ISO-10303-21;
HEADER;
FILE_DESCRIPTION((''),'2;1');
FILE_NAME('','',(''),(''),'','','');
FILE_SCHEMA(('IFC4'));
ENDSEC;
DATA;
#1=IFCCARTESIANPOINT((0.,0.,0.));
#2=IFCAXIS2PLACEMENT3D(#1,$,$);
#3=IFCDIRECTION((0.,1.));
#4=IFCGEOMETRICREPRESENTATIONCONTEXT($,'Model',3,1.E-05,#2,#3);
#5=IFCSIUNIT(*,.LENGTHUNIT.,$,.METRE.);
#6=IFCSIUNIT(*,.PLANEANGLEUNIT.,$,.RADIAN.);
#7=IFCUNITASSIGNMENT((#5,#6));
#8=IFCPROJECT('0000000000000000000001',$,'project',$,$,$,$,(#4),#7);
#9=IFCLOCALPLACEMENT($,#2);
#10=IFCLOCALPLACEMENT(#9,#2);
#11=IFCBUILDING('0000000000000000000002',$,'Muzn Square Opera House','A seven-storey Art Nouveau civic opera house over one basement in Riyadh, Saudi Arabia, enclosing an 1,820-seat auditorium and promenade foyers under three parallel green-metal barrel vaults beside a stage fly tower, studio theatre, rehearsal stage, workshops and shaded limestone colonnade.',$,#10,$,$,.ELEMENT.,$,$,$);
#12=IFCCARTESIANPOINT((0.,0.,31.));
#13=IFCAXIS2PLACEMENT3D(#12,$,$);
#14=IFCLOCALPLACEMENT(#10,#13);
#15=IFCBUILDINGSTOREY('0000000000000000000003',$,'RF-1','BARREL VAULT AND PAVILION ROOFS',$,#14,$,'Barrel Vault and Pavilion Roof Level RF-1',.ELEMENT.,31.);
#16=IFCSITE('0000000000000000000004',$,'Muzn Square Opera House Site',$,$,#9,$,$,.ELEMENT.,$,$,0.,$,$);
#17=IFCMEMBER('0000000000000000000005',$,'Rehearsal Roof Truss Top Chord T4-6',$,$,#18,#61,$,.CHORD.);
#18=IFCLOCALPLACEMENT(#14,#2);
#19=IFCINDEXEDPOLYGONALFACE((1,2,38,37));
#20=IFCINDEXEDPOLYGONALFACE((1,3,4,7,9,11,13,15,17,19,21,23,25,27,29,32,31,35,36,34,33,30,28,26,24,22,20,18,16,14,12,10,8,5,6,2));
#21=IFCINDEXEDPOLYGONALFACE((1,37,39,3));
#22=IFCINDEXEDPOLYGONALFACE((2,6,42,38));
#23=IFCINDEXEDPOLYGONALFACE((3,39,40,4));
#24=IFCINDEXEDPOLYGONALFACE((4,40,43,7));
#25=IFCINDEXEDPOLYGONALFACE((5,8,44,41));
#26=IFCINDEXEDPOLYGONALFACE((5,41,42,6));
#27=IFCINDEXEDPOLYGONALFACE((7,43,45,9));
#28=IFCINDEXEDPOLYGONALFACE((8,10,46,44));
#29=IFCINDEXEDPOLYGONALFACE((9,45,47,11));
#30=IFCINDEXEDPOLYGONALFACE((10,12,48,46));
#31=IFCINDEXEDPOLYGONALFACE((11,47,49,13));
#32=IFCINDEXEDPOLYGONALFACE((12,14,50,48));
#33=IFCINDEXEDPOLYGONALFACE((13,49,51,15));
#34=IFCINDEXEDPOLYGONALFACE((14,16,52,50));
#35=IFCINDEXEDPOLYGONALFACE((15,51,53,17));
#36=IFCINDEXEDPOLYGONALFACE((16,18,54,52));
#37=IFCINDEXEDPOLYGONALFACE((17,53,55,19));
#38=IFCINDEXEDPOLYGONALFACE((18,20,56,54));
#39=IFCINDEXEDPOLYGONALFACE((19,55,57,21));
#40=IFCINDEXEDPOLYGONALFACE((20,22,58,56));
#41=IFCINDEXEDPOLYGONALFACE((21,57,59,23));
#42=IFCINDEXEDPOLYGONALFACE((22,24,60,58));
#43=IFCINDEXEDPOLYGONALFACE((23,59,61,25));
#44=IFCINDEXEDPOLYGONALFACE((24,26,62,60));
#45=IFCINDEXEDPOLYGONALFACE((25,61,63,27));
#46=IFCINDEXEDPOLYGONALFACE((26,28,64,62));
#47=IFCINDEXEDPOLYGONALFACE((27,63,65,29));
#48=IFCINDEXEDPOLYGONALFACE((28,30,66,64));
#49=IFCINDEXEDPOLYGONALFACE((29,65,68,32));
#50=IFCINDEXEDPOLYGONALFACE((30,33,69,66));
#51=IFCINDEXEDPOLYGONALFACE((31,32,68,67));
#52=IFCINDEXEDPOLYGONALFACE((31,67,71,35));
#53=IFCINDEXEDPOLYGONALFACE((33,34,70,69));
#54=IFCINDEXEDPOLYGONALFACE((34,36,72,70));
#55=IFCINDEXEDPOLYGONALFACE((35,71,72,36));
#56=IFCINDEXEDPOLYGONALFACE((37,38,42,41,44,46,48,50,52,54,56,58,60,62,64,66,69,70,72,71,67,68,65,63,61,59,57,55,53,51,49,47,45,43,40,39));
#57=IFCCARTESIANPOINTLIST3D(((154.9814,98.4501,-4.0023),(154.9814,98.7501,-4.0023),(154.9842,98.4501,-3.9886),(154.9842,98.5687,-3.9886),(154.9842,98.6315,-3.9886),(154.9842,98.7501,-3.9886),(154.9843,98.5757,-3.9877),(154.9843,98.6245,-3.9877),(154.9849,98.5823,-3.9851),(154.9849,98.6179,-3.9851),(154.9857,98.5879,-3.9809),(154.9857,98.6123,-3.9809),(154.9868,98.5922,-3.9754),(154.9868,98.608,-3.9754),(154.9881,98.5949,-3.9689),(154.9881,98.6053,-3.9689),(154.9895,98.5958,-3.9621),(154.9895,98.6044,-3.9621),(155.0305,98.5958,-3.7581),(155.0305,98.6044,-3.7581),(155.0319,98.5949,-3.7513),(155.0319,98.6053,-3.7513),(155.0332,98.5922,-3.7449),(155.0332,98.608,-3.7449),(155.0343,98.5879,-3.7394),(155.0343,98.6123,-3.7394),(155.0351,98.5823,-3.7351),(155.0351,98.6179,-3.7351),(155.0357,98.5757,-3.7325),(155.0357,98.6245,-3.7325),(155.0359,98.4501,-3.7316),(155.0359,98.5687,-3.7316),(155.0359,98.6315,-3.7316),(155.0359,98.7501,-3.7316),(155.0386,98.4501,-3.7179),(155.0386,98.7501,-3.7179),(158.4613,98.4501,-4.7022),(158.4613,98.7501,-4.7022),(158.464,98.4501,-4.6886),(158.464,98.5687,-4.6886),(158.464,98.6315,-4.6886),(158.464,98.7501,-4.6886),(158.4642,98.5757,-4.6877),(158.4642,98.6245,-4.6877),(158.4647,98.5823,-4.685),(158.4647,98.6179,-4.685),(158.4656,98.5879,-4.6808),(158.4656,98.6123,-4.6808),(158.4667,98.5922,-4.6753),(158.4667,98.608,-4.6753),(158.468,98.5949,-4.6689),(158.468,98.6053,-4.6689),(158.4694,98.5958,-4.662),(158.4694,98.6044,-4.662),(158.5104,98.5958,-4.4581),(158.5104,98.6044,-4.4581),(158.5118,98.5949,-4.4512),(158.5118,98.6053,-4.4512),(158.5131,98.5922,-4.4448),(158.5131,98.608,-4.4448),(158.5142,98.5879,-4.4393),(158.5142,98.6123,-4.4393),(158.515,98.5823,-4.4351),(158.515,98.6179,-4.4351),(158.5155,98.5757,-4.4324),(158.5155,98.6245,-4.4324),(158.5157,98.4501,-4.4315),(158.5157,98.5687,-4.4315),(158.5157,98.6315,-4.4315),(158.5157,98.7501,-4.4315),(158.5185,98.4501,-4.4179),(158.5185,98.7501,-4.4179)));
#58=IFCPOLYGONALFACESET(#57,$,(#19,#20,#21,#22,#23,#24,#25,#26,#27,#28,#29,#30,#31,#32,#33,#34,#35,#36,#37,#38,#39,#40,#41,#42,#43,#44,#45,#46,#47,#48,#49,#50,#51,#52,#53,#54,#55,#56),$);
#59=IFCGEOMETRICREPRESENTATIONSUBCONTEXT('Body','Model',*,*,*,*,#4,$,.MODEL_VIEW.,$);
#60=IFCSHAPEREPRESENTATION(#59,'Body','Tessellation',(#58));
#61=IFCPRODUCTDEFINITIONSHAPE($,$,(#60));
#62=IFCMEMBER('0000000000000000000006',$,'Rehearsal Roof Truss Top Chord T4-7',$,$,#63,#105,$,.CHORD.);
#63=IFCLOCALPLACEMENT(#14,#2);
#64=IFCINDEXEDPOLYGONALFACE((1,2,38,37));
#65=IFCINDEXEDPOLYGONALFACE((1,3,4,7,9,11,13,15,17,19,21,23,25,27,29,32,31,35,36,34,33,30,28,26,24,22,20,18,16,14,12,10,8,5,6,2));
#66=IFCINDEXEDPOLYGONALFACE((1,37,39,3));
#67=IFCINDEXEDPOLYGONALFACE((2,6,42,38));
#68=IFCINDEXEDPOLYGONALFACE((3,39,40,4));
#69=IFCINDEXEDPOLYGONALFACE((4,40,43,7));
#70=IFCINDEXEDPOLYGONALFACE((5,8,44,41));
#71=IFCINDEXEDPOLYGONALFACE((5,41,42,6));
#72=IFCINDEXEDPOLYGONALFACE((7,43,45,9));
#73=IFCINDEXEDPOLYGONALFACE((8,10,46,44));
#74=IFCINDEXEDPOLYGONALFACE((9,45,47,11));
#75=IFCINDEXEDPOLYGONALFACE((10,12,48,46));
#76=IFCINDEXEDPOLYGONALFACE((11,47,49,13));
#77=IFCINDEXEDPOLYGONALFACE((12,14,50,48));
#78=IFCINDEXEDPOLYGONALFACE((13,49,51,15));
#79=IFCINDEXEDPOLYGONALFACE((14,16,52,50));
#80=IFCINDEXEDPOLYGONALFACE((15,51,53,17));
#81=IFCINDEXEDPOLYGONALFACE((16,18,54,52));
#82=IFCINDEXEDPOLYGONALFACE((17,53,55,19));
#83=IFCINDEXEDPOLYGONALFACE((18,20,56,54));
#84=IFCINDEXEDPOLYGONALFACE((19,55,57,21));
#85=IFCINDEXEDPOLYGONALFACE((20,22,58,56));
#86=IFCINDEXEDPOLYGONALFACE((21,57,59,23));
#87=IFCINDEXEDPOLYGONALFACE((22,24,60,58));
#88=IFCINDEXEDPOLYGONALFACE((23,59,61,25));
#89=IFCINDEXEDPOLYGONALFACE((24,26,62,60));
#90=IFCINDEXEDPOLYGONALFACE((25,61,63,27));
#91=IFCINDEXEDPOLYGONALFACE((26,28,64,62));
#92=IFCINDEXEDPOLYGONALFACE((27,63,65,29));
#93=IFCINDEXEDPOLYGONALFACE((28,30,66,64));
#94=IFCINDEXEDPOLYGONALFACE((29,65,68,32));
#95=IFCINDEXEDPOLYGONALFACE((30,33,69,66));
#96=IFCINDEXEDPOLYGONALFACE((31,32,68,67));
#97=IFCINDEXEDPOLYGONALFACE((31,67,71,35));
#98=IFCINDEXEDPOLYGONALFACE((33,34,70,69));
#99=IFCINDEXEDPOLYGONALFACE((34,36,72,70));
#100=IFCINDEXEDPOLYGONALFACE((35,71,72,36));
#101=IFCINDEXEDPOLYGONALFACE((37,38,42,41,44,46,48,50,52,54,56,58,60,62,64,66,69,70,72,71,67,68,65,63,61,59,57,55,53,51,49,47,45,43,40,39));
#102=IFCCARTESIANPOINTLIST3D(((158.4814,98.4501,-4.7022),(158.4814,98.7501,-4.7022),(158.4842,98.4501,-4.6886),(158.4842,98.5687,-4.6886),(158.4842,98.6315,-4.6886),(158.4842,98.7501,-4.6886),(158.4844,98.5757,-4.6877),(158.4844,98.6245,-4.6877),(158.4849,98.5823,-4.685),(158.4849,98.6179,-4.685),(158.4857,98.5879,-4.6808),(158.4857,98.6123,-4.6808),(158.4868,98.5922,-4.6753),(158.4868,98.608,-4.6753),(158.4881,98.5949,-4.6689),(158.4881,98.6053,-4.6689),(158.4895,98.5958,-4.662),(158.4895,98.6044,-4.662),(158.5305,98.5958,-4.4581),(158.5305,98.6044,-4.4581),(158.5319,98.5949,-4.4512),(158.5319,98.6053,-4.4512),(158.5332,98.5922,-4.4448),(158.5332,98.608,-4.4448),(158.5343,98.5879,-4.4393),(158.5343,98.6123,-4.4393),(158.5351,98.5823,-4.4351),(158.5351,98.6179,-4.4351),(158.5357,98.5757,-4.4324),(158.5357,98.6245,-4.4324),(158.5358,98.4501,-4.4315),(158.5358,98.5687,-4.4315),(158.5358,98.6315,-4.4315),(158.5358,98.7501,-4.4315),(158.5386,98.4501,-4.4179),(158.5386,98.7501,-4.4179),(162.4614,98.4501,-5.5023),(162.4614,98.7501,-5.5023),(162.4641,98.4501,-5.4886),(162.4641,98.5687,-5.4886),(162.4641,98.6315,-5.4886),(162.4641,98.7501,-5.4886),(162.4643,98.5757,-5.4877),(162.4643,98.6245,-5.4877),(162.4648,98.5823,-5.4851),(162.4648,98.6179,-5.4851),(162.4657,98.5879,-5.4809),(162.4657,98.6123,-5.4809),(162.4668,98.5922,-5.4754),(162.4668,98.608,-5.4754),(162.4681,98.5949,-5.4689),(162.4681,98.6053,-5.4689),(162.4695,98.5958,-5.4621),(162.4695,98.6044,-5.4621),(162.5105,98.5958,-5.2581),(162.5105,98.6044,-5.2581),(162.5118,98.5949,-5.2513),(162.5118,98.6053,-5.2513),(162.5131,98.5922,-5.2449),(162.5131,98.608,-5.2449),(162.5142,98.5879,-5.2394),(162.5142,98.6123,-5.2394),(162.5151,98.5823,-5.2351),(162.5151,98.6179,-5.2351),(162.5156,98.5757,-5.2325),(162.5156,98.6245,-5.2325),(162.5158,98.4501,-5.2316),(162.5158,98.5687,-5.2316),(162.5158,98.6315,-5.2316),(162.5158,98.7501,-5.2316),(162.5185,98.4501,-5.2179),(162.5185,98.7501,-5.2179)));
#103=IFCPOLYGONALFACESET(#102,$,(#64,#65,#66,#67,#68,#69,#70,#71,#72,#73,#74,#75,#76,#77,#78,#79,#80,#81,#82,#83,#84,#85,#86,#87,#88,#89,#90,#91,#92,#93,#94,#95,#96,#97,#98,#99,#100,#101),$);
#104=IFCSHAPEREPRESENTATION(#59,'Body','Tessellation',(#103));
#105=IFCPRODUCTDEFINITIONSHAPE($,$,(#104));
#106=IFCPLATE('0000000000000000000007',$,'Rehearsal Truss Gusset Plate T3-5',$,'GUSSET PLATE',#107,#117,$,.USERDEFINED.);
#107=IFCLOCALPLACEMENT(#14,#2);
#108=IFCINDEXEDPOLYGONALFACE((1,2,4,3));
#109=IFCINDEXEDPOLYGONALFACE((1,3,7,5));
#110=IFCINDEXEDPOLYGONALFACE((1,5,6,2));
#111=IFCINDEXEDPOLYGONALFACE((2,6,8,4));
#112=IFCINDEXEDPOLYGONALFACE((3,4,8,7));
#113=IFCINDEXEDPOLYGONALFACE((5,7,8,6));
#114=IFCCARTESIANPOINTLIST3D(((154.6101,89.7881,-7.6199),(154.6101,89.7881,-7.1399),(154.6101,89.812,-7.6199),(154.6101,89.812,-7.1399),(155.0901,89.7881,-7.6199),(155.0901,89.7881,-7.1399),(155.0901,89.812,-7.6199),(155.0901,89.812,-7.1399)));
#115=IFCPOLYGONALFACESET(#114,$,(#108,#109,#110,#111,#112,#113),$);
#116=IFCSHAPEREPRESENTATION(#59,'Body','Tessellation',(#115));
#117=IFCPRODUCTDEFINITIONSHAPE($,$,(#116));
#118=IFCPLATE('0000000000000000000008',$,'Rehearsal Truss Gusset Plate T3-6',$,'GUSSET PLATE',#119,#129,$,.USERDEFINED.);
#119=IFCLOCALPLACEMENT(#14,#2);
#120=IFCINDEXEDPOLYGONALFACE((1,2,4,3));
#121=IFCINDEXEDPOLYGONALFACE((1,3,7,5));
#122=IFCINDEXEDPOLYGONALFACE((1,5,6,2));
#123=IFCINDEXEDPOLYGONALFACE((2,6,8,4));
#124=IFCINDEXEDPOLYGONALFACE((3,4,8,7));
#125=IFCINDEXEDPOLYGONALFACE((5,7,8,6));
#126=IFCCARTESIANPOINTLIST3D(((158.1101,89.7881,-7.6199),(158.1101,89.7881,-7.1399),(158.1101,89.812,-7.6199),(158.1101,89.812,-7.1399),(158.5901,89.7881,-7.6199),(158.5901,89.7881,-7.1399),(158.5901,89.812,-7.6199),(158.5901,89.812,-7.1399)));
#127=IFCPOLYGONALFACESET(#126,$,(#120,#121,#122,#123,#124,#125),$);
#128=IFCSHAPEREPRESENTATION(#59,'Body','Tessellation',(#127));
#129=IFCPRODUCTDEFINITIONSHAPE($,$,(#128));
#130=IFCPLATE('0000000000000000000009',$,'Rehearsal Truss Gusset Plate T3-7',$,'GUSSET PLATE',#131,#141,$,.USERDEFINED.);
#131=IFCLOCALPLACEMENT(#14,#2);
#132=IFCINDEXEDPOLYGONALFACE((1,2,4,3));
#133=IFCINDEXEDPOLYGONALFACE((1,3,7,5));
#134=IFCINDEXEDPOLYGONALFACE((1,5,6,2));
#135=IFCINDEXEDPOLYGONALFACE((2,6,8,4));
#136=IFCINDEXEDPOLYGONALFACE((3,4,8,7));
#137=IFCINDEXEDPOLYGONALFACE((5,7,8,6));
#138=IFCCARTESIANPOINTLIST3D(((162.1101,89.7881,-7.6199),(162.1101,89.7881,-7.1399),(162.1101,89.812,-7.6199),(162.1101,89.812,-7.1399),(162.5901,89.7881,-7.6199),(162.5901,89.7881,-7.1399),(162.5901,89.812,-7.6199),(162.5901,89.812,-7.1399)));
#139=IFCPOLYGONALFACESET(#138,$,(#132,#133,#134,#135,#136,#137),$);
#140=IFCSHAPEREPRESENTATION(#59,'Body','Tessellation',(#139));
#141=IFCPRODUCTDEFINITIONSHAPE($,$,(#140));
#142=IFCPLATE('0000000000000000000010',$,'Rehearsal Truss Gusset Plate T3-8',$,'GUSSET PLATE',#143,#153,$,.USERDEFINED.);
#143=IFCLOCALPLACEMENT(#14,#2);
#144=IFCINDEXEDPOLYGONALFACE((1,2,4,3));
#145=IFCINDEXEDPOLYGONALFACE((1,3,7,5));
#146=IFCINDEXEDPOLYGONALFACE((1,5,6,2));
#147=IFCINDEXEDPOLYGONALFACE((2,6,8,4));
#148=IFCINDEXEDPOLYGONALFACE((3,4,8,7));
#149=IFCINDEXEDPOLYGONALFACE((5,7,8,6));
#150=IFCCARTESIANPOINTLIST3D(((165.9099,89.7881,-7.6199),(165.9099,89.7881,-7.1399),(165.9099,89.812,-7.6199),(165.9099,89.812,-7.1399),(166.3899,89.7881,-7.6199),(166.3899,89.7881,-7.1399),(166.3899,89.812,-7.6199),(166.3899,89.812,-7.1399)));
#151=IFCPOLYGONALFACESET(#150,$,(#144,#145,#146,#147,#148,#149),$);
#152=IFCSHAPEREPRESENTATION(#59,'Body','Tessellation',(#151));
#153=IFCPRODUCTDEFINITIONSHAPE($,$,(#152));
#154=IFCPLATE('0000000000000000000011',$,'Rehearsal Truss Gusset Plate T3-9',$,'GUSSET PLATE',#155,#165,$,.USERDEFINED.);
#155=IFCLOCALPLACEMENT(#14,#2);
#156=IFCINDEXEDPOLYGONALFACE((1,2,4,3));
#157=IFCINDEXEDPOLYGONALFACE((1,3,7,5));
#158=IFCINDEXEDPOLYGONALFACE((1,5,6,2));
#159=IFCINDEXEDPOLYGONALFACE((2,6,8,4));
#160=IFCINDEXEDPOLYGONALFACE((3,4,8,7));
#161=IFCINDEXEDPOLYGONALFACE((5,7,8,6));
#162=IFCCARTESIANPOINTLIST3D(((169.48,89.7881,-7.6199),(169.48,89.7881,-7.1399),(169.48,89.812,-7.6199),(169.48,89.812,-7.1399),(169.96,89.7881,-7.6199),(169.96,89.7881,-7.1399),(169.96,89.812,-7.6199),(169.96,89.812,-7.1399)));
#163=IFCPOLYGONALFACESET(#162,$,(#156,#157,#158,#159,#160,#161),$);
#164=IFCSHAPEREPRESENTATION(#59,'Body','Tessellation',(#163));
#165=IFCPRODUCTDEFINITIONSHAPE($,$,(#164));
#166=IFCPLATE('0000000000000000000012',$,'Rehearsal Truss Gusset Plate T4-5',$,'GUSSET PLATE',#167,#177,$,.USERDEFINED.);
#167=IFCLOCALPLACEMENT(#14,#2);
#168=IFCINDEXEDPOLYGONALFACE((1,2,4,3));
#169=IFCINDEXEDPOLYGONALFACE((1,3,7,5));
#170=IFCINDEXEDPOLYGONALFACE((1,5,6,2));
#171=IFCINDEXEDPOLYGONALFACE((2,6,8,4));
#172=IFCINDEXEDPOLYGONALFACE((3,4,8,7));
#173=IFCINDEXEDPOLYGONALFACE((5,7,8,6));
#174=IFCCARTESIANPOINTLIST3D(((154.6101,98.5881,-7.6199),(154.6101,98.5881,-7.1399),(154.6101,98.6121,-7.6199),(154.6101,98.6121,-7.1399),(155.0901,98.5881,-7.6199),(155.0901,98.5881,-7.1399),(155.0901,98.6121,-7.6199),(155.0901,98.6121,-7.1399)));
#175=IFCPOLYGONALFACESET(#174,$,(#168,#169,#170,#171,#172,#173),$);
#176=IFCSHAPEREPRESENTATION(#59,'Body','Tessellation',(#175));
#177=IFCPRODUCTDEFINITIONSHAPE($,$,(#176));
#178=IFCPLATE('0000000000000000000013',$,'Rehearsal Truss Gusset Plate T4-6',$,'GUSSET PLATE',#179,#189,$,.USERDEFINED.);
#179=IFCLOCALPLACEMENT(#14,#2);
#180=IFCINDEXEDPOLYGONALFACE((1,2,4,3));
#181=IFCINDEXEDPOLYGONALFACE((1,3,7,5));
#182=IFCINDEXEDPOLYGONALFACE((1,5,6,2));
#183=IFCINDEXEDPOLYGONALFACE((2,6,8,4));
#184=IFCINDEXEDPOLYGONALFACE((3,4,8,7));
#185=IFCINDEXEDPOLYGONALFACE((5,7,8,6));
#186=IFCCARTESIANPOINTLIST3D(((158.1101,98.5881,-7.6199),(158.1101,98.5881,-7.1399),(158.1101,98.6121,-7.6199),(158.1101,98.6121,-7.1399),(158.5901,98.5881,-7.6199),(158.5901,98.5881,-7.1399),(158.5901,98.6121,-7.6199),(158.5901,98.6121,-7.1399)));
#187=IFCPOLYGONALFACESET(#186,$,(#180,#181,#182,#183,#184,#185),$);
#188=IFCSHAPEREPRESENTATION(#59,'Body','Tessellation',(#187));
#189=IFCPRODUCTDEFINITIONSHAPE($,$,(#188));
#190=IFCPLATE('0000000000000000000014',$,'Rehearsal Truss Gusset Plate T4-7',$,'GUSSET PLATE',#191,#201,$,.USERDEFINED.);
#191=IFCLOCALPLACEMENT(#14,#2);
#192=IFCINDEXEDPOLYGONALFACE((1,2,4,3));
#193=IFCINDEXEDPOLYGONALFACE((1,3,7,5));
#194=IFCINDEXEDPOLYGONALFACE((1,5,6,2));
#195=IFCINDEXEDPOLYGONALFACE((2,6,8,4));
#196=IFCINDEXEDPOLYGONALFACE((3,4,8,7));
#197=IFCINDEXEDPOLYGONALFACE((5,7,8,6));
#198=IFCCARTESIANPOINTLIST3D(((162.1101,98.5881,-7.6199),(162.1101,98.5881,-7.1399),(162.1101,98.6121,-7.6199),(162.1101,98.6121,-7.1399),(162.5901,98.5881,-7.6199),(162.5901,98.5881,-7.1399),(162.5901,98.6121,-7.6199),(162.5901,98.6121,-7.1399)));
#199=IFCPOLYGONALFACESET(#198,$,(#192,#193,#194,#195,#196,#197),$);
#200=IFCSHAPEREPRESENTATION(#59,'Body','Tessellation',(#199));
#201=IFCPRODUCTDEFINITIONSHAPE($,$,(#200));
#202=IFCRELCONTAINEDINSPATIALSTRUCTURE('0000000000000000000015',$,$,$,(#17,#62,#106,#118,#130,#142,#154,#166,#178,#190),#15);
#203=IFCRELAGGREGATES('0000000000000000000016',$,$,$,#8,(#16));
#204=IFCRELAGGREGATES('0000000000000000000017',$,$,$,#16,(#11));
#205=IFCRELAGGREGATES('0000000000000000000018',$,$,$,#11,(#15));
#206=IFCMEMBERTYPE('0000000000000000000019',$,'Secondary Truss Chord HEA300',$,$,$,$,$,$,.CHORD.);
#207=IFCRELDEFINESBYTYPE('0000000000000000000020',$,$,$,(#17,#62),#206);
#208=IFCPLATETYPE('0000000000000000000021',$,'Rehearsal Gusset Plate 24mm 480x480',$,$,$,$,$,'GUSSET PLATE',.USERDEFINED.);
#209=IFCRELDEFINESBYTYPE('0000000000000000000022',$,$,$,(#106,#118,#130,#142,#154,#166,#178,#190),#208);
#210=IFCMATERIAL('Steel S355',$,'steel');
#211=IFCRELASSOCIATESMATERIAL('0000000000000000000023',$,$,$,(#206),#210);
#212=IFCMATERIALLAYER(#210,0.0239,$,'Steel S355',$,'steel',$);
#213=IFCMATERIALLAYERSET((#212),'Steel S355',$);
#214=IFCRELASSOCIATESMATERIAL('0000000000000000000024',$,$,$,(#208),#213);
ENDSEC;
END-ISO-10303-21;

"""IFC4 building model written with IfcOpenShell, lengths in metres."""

from ifc_helpers import new_model, si_unit, direction, frame, origin, origin_2d, place, context, subcontext, project, spatial, rectangle, i_section, extrude, material, layer, layer_set, material_profile, profile_set, type_object, element, save


model = new_model("IFC4")

# Units and contexts
model_context = context("Model", 3, precision=1e-05, world=origin(), true_north=direction((0.0, 1.0)))
body_context = subcontext(model_context, "Body", "Model", "MODEL_VIEW")
ifc_project = project(units=[si_unit("LENGTHUNIT", "METRE"), si_unit("PLANEANGLEUNIT", "RADIAN")], contexts=[model_context])

# Site, building, storey
site_placement = place(None, origin())
site = spatial("IfcSite", under=ifc_project, at=site_placement, Name="Muzn Square Opera House Site", CompositionType="ELEMENT", RefElevation=0.0)
building_placement = place(site_placement, origin())
building = spatial("IfcBuilding", under=site, at=building_placement, Name="Muzn Square Opera House", Description="A seven-storey Art Nouveau civic opera house over one basement in Riyadh, Saudi Arabia, enclosing an 1,820-seat auditorium and promenade foyers under three parallel green-metal barrel vaults beside a stage fly tower, studio theatre, rehearsal stage, workshops and shaded limestone colonnade.", CompositionType="ELEMENT")
storey_placement = place(building_placement, frame((0.0, 0.0, 31.0)))
storey = spatial("IfcBuildingStorey", under=building, at=storey_placement, Name="RF-1", Description="BARREL VAULT AND PAVILION ROOFS", LongName="Barrel Vault and Pavilion Roof Level RF-1", CompositionType="ELEMENT", Elevation=31.0)

# Shared definitions
ifc_material = material(Name="Steel S355", Category="steel")

# Members
ifc_material_profile_1 = material_profile(ifc_material, i_section(OverallWidth=0.3, OverallDepth=0.29, WebThickness=0.0085, FlangeThickness=0.0139, FilletRadius=0.0271, at=origin_2d()), Name="HEA 300", Category="steel")
ifc_profile_set_1 = profile_set([ifc_material_profile_1], Name="Steel S355")
member_type_1 = type_object("IfcMemberType", Name="Secondary Truss Chord HEA300", PredefinedType="CHORD", material=ifc_profile_set_1)
member_1_placement = place(storey_placement, frame((155.01, 98.6001, -3.8601), z_axis=(0.980366, 0.0, -0.197187), x_axis=(0.0, 1.0, 0.0)))
element("IfcMember", 1, at=member_1_placement, inside=storey, type_object=member_type_1, Name="Rehearsal Roof Truss Top Chord T4-6", PredefinedType="CHORD", context=body_context, shape_type="SweptSolid", body=[
    extrude(i_section(OverallWidth=0.3, OverallDepth=0.29, WebThickness=0.0085, FlangeThickness=0.0139, FilletRadius=0.0271, at=origin_2d()), origin(), (0.0, 0.0, 1.0), 3.5496),
])
member_2_placement = place(storey_placement, frame((158.51, 98.6001, -4.5601), z_axis=(0.980388, 0.0, -0.197076), x_axis=(0.0, 1.0, 0.0)))
element("IfcMember", 2, at=member_2_placement, inside=storey, type_object=member_type_1, Name="Rehearsal Roof Truss Top Chord T4-7", PredefinedType="CHORD", context=body_context, shape_type="SweptSolid", body=[
    extrude(i_section(OverallWidth=0.3, OverallDepth=0.29, WebThickness=0.0085, FlangeThickness=0.0139, FilletRadius=0.0271, at=origin_2d()), origin(), (0.0, 0.0, 1.0), 4.0596),
])

# Plates
ifc_layer = layer(ifc_material, 0.0239, Name="Steel S355", Category="steel")
ifc_layer_set = layer_set([ifc_layer], Name="Steel S355")
plate_type = type_object("IfcPlateType", Name="Rehearsal Gusset Plate 24mm 480x480", ElementType="GUSSET PLATE", PredefinedType="USERDEFINED", material=ifc_layer_set)
for number, where, z_axis, x_axis, name in (
    (3, (154.8501, 89.8, -7.6199), (0.0, 0.0, 1.0), (1.0, 0.0, 0.0), "Rehearsal Truss Gusset Plate T3-5"),
    (4, (158.3501, 89.8, -7.6199), (0.0, 0.0, 1.0), (1.0, 0.0, 0.0), "Rehearsal Truss Gusset Plate T3-6"),
    (5, (162.3501, 89.8, -7.6199), (0.0, 0.0, 1.0), (1.0, 0.0, 0.0), "Rehearsal Truss Gusset Plate T3-7"),
    (6, (166.1499, 89.8, -7.6199), (0.0, 0.0, 1.0), (1.0, 0.0, 0.0), "Rehearsal Truss Gusset Plate T3-8"),
    (7, (169.72, 89.8, -7.6199), (0.0, 0.0, 1.0), (1.0, 0.0, 0.0), "Rehearsal Truss Gusset Plate T3-9"),
    (8, (154.8501, 98.6001, -7.6199), (0.0, 0.0, 1.0), (1.0, 0.0, 0.0), "Rehearsal Truss Gusset Plate T4-5"),
    (9, (158.3501, 98.6001, -7.6199), (0.0, 0.0, 1.0), (1.0, 0.0, 0.0), "Rehearsal Truss Gusset Plate T4-6"),
    (10, (162.3501, 98.6001, -7.6199), (0.0, 0.0, 1.0), (1.0, 0.0, 0.0), "Rehearsal Truss Gusset Plate T4-7"),
):
    element("IfcPlate", number, at=place(storey_placement, frame(where, z_axis=z_axis, x_axis=x_axis)), inside=storey, type_object=plate_type, Name=name, ObjectType="GUSSET PLATE", PredefinedType="USERDEFINED", context=body_context, shape_type="SweptSolid", body=[
        extrude(rectangle(XDim=0.48, YDim=0.0239, at=origin_2d()), origin(), (0.0, 0.0, 1.0), 0.48),
    ])

save(model, "model.ifc")
